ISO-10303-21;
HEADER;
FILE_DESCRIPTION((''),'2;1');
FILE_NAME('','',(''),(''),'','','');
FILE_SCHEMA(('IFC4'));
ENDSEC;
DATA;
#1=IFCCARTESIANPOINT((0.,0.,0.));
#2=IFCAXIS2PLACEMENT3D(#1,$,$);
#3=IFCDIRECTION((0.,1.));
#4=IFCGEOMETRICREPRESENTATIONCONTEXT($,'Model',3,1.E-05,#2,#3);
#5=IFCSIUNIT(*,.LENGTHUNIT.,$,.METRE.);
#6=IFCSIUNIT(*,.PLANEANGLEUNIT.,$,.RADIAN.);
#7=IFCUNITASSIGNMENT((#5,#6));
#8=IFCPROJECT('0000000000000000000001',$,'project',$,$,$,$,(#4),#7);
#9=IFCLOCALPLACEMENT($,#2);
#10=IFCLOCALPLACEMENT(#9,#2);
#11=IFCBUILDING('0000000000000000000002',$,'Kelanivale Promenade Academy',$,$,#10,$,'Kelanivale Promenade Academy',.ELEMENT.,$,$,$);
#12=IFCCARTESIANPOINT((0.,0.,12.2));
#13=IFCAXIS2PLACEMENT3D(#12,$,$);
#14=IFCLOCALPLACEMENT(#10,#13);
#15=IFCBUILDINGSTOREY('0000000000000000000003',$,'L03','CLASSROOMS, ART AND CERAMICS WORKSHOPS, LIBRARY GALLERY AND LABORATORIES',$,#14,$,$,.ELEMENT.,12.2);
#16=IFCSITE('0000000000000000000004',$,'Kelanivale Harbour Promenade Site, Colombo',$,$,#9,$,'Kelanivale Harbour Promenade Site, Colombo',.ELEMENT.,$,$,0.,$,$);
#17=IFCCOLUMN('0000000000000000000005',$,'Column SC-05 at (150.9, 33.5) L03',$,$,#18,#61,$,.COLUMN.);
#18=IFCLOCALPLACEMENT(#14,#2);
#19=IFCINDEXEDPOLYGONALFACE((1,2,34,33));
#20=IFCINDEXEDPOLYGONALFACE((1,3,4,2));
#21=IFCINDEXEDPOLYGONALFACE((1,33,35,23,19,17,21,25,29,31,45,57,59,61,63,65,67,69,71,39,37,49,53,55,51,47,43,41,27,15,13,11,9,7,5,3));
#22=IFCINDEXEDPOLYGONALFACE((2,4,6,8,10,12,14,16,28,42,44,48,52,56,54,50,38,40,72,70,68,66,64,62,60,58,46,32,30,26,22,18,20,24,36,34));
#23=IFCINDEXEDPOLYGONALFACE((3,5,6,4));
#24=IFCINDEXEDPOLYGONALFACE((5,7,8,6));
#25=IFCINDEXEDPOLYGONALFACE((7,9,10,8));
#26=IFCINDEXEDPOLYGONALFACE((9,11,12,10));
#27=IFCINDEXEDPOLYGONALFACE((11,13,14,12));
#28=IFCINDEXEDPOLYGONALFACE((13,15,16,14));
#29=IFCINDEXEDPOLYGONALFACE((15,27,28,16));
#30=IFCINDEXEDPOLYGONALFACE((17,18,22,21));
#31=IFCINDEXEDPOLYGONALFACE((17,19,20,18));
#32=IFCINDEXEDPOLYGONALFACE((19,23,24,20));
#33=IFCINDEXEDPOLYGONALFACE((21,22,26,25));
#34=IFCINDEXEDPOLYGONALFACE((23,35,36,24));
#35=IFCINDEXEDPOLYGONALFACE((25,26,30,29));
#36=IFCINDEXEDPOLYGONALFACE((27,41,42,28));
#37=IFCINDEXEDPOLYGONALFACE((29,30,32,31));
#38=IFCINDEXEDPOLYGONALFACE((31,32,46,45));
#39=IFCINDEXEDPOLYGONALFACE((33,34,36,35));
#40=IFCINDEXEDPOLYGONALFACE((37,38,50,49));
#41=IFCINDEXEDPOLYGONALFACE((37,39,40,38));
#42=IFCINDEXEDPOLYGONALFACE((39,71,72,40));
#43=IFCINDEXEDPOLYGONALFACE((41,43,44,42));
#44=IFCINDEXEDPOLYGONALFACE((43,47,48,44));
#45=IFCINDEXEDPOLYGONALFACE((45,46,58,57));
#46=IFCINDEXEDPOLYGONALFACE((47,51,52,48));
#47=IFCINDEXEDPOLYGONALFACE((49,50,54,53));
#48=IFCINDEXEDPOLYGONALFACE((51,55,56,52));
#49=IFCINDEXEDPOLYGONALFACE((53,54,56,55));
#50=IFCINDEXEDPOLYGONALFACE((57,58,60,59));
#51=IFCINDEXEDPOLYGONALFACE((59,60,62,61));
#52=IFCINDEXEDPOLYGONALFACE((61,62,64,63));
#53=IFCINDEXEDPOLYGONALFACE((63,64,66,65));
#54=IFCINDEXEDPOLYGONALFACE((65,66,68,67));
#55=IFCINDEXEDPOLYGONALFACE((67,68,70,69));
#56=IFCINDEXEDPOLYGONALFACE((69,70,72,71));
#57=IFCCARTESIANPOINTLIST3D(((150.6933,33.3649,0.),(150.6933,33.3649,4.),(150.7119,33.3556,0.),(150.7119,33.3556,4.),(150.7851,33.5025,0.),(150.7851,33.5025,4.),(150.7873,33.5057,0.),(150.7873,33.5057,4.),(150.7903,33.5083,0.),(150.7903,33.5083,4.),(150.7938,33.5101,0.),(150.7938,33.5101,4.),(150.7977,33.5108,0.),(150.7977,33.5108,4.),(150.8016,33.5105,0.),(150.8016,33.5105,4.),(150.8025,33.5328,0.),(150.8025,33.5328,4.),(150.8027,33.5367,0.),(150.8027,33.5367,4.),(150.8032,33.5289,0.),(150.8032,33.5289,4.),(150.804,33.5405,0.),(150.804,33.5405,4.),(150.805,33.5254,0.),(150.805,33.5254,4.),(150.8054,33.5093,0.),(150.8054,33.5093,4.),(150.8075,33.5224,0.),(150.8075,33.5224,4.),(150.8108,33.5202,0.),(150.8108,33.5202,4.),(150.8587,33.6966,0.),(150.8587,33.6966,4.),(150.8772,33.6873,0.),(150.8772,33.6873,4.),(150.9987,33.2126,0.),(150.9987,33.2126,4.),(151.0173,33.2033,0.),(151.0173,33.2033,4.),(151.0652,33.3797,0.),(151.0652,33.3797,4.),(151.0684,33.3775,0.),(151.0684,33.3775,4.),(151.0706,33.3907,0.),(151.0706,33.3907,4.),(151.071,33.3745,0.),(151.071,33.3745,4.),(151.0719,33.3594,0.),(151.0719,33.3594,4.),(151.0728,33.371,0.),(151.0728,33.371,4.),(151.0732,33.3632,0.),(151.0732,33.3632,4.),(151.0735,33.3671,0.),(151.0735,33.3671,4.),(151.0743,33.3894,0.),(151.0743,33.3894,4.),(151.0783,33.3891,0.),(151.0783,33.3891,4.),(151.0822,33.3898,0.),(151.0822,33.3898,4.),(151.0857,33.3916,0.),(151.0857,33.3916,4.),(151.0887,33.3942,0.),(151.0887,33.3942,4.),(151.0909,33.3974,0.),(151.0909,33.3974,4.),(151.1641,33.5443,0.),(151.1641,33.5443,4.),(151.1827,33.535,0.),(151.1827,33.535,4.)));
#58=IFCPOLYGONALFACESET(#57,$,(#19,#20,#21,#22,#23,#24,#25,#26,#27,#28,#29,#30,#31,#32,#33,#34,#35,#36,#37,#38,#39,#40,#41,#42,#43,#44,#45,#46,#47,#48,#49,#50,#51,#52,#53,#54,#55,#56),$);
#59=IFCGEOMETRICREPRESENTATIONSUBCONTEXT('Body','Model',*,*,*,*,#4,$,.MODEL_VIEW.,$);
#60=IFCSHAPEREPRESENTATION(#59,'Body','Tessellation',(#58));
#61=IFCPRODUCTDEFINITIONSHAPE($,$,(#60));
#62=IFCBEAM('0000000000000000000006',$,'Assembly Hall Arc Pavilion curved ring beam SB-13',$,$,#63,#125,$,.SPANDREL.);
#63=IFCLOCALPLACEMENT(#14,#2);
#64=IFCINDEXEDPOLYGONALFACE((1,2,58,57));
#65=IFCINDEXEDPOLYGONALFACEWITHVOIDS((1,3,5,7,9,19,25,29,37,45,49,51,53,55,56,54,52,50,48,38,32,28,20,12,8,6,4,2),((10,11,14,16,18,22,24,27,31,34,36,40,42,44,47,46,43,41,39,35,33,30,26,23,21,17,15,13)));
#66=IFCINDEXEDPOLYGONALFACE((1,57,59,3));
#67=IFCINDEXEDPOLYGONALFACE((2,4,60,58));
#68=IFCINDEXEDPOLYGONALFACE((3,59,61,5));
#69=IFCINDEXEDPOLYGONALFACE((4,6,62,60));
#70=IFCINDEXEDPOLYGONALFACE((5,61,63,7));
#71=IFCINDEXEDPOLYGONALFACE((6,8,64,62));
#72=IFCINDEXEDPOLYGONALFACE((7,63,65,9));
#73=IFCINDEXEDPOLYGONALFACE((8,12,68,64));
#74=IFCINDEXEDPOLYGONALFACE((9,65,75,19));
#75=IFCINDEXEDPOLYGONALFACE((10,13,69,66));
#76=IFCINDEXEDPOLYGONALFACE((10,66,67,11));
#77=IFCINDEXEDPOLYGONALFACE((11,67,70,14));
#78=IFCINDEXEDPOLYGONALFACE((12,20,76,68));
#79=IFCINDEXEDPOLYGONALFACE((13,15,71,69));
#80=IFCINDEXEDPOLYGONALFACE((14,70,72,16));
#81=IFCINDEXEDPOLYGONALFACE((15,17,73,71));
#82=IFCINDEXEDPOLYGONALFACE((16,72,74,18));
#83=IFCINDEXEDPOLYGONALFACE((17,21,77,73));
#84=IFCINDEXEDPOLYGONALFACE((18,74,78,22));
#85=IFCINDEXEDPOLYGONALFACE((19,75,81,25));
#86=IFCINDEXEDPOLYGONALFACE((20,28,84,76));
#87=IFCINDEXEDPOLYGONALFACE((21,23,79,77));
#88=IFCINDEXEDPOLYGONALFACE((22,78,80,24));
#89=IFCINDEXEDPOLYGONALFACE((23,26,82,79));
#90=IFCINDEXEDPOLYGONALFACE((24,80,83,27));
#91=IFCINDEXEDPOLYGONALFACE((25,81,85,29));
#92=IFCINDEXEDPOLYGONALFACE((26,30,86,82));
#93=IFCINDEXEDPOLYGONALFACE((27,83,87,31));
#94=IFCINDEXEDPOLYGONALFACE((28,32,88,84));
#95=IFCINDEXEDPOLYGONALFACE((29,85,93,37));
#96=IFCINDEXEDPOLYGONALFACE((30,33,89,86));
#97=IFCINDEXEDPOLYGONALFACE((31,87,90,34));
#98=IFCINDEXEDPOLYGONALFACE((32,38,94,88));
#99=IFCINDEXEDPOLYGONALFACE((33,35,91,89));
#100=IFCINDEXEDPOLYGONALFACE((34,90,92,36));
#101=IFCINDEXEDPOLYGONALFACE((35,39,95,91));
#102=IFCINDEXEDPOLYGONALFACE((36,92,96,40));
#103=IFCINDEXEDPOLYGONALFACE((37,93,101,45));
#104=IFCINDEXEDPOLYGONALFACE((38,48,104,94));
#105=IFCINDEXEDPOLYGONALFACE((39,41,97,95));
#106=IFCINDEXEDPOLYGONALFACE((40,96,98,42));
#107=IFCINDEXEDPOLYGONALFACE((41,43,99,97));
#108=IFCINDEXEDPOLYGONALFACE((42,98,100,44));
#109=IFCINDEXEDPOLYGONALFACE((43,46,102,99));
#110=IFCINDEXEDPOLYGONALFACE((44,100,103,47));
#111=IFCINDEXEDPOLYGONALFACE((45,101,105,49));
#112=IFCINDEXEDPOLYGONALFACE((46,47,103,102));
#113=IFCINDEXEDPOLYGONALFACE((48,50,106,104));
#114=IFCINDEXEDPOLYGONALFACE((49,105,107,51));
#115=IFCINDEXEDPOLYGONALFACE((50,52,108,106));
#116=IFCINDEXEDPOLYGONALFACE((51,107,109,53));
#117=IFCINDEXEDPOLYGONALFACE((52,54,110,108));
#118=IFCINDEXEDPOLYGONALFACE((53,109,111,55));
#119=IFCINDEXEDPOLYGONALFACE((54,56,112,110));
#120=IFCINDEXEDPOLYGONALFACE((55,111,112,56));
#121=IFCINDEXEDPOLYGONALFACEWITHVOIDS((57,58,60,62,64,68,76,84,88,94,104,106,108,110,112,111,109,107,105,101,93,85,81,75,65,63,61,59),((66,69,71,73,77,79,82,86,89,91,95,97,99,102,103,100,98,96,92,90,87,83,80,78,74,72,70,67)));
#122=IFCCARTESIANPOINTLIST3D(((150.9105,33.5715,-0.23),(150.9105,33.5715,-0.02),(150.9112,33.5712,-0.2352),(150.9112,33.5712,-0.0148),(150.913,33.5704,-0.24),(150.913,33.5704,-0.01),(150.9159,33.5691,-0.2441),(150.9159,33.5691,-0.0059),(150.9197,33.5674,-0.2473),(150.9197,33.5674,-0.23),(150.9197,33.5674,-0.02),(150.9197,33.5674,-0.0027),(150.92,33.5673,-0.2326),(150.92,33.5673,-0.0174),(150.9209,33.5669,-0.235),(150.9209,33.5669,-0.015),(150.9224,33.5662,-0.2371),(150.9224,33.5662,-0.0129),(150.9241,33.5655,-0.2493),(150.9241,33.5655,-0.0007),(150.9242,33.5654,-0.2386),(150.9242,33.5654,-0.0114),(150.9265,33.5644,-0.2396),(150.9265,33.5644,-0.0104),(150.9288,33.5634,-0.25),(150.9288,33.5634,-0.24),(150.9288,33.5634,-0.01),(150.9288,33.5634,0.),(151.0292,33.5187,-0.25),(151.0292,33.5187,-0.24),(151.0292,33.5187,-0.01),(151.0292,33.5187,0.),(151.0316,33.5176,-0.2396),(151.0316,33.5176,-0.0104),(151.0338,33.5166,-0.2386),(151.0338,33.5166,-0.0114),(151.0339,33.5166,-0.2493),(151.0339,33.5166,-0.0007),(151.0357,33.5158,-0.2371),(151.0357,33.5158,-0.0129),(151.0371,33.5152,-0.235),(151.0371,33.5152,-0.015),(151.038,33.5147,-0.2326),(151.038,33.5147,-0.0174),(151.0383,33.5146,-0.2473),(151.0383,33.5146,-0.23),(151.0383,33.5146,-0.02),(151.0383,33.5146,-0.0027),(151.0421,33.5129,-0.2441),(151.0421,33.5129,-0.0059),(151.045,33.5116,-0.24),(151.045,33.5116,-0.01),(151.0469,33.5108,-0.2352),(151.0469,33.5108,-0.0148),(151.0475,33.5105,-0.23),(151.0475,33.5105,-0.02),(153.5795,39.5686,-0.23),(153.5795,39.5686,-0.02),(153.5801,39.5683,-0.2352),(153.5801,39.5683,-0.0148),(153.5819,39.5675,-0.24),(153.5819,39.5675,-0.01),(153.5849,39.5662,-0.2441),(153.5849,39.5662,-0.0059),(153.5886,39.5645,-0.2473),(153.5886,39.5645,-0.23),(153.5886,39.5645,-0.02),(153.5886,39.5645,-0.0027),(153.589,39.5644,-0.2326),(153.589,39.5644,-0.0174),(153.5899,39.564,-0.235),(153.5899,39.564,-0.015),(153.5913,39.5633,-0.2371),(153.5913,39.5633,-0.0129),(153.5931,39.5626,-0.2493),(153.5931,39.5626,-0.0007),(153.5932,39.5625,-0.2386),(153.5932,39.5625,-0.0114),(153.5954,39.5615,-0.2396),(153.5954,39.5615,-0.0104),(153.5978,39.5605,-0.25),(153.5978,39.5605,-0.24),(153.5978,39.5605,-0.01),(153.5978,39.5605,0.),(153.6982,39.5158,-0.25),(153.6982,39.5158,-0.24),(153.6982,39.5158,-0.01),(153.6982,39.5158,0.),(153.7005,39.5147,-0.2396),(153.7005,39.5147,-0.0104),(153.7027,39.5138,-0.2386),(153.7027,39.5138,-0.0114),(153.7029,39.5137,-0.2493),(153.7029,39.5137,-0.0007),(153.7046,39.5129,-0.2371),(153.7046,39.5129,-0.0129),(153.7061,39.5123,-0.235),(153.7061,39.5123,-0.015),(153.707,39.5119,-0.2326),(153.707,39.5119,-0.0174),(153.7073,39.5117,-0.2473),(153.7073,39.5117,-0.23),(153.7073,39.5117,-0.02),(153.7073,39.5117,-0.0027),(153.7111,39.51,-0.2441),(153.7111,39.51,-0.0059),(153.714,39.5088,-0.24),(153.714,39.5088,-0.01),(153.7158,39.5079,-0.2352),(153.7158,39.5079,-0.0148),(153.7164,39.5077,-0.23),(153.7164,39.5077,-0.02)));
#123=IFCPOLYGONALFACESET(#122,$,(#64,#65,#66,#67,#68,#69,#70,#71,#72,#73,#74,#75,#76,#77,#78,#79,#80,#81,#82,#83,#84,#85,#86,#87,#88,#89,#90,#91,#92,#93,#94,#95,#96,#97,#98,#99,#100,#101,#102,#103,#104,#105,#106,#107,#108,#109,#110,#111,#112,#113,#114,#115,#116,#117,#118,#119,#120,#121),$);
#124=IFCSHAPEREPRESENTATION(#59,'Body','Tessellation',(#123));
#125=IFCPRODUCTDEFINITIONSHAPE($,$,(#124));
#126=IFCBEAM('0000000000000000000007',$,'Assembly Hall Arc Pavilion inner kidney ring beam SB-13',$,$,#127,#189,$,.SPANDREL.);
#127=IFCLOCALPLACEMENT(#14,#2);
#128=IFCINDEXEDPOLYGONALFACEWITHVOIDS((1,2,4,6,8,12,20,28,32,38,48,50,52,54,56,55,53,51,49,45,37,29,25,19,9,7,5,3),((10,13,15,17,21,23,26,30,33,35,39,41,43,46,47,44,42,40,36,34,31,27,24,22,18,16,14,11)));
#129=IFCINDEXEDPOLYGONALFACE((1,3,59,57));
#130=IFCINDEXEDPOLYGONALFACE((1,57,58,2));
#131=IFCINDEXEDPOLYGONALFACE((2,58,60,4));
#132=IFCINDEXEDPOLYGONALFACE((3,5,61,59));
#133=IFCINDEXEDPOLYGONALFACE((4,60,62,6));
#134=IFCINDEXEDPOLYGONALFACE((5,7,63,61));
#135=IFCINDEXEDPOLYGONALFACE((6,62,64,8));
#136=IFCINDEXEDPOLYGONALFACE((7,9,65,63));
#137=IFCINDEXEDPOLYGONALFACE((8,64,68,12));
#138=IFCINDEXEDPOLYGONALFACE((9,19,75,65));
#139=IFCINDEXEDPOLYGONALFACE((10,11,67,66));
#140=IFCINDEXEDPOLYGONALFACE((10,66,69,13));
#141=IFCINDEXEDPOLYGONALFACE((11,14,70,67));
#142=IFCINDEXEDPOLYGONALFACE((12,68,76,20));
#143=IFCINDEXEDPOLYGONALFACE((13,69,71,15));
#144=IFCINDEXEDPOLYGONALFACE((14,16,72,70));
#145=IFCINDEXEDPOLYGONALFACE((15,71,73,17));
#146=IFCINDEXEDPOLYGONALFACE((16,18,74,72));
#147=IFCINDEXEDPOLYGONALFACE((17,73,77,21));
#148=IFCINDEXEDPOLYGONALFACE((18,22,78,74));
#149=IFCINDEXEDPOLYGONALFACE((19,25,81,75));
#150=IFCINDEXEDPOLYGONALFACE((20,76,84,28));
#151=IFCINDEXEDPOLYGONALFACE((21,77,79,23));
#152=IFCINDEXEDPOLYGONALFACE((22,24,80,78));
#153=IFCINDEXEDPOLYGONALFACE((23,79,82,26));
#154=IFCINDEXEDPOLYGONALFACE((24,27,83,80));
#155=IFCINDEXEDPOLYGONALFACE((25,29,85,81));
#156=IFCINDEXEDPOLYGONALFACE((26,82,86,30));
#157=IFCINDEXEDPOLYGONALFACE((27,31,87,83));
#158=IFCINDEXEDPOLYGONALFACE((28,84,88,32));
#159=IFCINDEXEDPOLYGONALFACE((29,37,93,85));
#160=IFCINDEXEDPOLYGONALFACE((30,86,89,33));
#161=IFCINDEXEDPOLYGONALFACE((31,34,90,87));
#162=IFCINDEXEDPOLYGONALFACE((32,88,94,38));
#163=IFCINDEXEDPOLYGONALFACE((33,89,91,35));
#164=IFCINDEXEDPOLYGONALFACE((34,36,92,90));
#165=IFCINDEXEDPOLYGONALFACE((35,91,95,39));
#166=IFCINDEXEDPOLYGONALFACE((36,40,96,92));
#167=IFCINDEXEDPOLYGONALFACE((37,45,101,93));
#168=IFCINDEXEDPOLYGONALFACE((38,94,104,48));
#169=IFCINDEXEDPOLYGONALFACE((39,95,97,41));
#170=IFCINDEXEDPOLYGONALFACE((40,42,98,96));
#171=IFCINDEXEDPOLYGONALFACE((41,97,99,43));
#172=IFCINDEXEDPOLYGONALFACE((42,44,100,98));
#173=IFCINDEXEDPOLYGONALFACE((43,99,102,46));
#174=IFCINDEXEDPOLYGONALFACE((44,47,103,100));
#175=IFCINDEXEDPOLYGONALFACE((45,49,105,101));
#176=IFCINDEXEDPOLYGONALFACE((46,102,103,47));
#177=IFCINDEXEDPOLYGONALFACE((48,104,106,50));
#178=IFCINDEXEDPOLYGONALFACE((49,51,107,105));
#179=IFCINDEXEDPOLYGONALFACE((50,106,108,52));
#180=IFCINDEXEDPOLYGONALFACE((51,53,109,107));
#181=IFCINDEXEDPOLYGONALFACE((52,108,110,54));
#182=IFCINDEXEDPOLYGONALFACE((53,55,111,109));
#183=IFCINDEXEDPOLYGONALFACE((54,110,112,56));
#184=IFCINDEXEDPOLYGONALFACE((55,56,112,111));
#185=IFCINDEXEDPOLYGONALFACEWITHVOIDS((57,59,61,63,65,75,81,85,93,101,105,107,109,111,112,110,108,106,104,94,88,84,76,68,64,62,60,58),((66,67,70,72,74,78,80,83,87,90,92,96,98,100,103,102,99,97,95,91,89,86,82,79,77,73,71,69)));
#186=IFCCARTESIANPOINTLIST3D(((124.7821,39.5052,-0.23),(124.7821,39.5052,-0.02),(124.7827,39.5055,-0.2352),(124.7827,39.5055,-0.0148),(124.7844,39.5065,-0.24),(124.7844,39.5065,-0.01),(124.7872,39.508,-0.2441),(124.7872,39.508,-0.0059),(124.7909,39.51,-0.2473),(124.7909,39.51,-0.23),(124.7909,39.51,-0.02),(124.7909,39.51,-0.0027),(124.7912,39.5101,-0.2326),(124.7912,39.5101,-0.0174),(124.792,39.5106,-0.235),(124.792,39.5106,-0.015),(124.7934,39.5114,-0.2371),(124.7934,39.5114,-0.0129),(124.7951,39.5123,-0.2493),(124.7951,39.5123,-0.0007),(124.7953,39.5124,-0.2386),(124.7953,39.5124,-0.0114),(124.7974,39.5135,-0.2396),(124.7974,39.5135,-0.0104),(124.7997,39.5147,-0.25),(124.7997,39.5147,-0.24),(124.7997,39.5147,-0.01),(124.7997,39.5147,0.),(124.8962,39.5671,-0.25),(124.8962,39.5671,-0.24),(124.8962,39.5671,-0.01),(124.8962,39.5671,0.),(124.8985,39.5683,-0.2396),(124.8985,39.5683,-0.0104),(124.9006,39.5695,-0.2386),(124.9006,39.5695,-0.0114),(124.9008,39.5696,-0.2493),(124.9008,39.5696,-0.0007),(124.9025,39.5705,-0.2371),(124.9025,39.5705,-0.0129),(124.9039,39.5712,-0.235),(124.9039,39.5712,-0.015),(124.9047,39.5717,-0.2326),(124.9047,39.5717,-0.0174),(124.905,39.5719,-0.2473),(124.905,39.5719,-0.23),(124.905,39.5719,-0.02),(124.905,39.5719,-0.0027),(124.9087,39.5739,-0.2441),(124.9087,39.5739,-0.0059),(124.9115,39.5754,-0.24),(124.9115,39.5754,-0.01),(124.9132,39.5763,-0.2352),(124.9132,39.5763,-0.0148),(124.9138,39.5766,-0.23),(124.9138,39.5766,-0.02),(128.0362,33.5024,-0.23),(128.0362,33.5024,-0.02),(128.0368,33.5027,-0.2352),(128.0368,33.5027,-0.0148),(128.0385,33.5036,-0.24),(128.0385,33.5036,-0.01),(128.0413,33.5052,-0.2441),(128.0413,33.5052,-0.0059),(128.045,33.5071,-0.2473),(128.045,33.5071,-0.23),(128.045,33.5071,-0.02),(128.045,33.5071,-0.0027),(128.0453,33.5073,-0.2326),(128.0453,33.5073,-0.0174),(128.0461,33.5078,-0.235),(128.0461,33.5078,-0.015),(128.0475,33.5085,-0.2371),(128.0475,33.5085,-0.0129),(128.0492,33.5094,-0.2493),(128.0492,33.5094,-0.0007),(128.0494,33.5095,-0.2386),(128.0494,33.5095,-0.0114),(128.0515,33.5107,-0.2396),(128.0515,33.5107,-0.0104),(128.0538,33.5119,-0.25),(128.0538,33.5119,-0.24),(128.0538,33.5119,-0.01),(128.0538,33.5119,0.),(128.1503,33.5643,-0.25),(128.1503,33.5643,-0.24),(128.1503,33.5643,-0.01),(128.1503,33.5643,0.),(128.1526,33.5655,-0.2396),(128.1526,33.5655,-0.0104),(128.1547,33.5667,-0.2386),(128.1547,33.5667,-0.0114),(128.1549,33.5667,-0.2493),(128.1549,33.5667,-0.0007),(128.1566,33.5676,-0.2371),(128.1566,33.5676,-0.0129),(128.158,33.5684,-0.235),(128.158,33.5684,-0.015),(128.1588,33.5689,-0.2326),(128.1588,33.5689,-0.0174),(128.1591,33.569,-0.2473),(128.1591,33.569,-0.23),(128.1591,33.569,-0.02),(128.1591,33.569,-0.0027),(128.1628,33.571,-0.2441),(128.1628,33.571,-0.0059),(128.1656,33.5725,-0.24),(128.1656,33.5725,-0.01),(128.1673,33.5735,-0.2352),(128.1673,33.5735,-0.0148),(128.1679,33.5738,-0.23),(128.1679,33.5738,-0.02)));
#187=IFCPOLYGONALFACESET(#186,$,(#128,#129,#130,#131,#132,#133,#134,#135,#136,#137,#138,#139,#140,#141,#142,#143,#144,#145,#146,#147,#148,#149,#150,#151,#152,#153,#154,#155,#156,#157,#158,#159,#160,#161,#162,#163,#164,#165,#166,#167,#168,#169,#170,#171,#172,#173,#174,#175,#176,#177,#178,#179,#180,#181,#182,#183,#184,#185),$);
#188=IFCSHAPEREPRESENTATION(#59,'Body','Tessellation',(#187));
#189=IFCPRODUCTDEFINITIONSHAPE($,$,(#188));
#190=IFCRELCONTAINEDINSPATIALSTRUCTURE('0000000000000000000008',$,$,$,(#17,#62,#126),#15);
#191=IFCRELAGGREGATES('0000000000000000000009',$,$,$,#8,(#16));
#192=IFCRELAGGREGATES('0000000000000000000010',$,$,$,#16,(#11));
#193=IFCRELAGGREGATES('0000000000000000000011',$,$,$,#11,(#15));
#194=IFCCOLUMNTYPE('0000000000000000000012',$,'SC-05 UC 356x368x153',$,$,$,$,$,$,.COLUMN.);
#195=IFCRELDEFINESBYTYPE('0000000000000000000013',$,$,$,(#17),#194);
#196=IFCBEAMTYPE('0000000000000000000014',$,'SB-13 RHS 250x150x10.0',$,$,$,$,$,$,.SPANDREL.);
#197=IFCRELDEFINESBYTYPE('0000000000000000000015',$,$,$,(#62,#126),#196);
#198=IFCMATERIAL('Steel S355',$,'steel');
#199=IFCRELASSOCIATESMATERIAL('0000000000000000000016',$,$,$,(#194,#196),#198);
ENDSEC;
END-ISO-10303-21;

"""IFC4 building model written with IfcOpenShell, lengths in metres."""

from ifc_helpers import new_model, si_unit, direction, frame, origin, origin_2d, place, context, subcontext, project, spatial, hollow_rectangle, i_section, extrude, material, material_profile, profile_set, type_object, element, save


model = new_model("IFC4")

# Units and contexts
model_context = context("Model", 3, precision=1e-05, world=origin(), true_north=direction((0.0, 1.0)))
body_context = subcontext(model_context, "Body", "Model", "MODEL_VIEW")
ifc_project = project(units=[si_unit("LENGTHUNIT", "METRE"), si_unit("PLANEANGLEUNIT", "RADIAN")], contexts=[model_context])

# Site, building, storey
site_placement = place(None, origin())
site = spatial("IfcSite", under=ifc_project, at=site_placement, Name="Kelanivale Harbour Promenade Site, Colombo", LongName="Kelanivale Harbour Promenade Site, Colombo", CompositionType="ELEMENT", RefElevation=0.0)
building_placement = place(site_placement, origin())
building = spatial("IfcBuilding", under=site, at=building_placement, Name="Kelanivale Promenade Academy", LongName="Kelanivale Promenade Academy", CompositionType="ELEMENT")
storey_placement = place(building_placement, frame((0.0, 0.0, 12.2)))
storey = spatial("IfcBuildingStorey", under=building, at=storey_placement, Name="L03", Description="CLASSROOMS, ART AND CERAMICS WORKSHOPS, LIBRARY GALLERY AND LABORATORIES", CompositionType="ELEMENT", Elevation=12.2)

# Column
ifc_material_1 = material(Name="Steel S355", Category="steel")
ifc_material_profile_1 = material_profile(ifc_material_1, i_section(OverallWidth=0.3706, OverallDepth=0.3621, WebThickness=0.0122, FlangeThickness=0.0208, FilletRadius=0.0151, at=origin_2d()), Name="UC 356x368x153")
ifc_profile_set_1 = profile_set([ifc_material_profile_1], Name="Steel S355")
column_type_1 = type_object("IfcColumnType", Name="SC-05 UC 356x368x153", PredefinedType="COLUMN", material=ifc_profile_set_1)
column_placement = place(storey_placement, frame((150.938, 33.45, 0.0), z_axis=(0.0, 0.0, 1.0), x_axis=(0.446198, 0.894934, 0.0)))
element("IfcColumn", 1, at=column_placement, inside=storey, type_object=column_type_1, Name="Column SC-05 at (150.9, 33.5) L03", PredefinedType="COLUMN", context=body_context, shape_type="SweptSolid", body=[
    extrude(i_section(OverallWidth=0.3706, OverallDepth=0.3621, WebThickness=0.0122, FlangeThickness=0.0208, FilletRadius=0.0151, at=origin_2d()), origin(), (0.0, 0.0, 1.0), 4.0),
])

# Beams
ifc_material_profile_2 = material_profile(ifc_material_1, hollow_rectangle(XDim=0.1499, YDim=0.25, WallThickness=0.01, InnerFilletRadius=0.01, OuterFilletRadius=0.02, at=origin_2d()), Name="RHS 250x150x10.0")
ifc_profile_set_2 = profile_set([ifc_material_profile_2], Name="Steel S355")
beam_type = type_object("IfcBeamType", Name="SB-13 RHS 250x150x10.0", PredefinedType="SPANDREL", material=ifc_profile_set_2)
beam_1_placement = place(storey_placement, frame((150.979, 33.541, -0.125), z_axis=(0.406594, 0.913609, 0.0), x_axis=(-0.913609, 0.406594, 0.0)))
element("IfcBeam", 2, at=beam_1_placement, inside=storey, type_object=beam_type, Name="Assembly Hall Arc Pavilion curved ring beam SB-13", PredefinedType="SPANDREL", context=body_context, shape_type="SweptSolid", body=[
    extrude(hollow_rectangle(XDim=0.1499, YDim=0.25, WallThickness=0.01, InnerFilletRadius=0.01, OuterFilletRadius=0.02, at=origin_2d()), origin(), (0.0, 0.0, 1.0), 6.5642),
])
beam_2_placement = place(storey_placement, frame((128.1021, 33.5381, -0.125), z_axis=(-0.476573, 0.879135, 0.0), x_axis=(-0.879135, -0.476573, 0.0)))
element("IfcBeam", 3, at=beam_2_placement, inside=storey, type_object=beam_type, Name="Assembly Hall Arc Pavilion inner kidney ring beam SB-13", PredefinedType="SPANDREL", context=body_context, shape_type="SweptSolid", body=[
    extrude(hollow_rectangle(XDim=0.1499, YDim=0.25, WallThickness=0.01, InnerFilletRadius=0.01, OuterFilletRadius=0.02, at=origin_2d()), origin(), (0.0, 0.0, 1.0), 6.8281),
])

save(model, "model.ifc")
